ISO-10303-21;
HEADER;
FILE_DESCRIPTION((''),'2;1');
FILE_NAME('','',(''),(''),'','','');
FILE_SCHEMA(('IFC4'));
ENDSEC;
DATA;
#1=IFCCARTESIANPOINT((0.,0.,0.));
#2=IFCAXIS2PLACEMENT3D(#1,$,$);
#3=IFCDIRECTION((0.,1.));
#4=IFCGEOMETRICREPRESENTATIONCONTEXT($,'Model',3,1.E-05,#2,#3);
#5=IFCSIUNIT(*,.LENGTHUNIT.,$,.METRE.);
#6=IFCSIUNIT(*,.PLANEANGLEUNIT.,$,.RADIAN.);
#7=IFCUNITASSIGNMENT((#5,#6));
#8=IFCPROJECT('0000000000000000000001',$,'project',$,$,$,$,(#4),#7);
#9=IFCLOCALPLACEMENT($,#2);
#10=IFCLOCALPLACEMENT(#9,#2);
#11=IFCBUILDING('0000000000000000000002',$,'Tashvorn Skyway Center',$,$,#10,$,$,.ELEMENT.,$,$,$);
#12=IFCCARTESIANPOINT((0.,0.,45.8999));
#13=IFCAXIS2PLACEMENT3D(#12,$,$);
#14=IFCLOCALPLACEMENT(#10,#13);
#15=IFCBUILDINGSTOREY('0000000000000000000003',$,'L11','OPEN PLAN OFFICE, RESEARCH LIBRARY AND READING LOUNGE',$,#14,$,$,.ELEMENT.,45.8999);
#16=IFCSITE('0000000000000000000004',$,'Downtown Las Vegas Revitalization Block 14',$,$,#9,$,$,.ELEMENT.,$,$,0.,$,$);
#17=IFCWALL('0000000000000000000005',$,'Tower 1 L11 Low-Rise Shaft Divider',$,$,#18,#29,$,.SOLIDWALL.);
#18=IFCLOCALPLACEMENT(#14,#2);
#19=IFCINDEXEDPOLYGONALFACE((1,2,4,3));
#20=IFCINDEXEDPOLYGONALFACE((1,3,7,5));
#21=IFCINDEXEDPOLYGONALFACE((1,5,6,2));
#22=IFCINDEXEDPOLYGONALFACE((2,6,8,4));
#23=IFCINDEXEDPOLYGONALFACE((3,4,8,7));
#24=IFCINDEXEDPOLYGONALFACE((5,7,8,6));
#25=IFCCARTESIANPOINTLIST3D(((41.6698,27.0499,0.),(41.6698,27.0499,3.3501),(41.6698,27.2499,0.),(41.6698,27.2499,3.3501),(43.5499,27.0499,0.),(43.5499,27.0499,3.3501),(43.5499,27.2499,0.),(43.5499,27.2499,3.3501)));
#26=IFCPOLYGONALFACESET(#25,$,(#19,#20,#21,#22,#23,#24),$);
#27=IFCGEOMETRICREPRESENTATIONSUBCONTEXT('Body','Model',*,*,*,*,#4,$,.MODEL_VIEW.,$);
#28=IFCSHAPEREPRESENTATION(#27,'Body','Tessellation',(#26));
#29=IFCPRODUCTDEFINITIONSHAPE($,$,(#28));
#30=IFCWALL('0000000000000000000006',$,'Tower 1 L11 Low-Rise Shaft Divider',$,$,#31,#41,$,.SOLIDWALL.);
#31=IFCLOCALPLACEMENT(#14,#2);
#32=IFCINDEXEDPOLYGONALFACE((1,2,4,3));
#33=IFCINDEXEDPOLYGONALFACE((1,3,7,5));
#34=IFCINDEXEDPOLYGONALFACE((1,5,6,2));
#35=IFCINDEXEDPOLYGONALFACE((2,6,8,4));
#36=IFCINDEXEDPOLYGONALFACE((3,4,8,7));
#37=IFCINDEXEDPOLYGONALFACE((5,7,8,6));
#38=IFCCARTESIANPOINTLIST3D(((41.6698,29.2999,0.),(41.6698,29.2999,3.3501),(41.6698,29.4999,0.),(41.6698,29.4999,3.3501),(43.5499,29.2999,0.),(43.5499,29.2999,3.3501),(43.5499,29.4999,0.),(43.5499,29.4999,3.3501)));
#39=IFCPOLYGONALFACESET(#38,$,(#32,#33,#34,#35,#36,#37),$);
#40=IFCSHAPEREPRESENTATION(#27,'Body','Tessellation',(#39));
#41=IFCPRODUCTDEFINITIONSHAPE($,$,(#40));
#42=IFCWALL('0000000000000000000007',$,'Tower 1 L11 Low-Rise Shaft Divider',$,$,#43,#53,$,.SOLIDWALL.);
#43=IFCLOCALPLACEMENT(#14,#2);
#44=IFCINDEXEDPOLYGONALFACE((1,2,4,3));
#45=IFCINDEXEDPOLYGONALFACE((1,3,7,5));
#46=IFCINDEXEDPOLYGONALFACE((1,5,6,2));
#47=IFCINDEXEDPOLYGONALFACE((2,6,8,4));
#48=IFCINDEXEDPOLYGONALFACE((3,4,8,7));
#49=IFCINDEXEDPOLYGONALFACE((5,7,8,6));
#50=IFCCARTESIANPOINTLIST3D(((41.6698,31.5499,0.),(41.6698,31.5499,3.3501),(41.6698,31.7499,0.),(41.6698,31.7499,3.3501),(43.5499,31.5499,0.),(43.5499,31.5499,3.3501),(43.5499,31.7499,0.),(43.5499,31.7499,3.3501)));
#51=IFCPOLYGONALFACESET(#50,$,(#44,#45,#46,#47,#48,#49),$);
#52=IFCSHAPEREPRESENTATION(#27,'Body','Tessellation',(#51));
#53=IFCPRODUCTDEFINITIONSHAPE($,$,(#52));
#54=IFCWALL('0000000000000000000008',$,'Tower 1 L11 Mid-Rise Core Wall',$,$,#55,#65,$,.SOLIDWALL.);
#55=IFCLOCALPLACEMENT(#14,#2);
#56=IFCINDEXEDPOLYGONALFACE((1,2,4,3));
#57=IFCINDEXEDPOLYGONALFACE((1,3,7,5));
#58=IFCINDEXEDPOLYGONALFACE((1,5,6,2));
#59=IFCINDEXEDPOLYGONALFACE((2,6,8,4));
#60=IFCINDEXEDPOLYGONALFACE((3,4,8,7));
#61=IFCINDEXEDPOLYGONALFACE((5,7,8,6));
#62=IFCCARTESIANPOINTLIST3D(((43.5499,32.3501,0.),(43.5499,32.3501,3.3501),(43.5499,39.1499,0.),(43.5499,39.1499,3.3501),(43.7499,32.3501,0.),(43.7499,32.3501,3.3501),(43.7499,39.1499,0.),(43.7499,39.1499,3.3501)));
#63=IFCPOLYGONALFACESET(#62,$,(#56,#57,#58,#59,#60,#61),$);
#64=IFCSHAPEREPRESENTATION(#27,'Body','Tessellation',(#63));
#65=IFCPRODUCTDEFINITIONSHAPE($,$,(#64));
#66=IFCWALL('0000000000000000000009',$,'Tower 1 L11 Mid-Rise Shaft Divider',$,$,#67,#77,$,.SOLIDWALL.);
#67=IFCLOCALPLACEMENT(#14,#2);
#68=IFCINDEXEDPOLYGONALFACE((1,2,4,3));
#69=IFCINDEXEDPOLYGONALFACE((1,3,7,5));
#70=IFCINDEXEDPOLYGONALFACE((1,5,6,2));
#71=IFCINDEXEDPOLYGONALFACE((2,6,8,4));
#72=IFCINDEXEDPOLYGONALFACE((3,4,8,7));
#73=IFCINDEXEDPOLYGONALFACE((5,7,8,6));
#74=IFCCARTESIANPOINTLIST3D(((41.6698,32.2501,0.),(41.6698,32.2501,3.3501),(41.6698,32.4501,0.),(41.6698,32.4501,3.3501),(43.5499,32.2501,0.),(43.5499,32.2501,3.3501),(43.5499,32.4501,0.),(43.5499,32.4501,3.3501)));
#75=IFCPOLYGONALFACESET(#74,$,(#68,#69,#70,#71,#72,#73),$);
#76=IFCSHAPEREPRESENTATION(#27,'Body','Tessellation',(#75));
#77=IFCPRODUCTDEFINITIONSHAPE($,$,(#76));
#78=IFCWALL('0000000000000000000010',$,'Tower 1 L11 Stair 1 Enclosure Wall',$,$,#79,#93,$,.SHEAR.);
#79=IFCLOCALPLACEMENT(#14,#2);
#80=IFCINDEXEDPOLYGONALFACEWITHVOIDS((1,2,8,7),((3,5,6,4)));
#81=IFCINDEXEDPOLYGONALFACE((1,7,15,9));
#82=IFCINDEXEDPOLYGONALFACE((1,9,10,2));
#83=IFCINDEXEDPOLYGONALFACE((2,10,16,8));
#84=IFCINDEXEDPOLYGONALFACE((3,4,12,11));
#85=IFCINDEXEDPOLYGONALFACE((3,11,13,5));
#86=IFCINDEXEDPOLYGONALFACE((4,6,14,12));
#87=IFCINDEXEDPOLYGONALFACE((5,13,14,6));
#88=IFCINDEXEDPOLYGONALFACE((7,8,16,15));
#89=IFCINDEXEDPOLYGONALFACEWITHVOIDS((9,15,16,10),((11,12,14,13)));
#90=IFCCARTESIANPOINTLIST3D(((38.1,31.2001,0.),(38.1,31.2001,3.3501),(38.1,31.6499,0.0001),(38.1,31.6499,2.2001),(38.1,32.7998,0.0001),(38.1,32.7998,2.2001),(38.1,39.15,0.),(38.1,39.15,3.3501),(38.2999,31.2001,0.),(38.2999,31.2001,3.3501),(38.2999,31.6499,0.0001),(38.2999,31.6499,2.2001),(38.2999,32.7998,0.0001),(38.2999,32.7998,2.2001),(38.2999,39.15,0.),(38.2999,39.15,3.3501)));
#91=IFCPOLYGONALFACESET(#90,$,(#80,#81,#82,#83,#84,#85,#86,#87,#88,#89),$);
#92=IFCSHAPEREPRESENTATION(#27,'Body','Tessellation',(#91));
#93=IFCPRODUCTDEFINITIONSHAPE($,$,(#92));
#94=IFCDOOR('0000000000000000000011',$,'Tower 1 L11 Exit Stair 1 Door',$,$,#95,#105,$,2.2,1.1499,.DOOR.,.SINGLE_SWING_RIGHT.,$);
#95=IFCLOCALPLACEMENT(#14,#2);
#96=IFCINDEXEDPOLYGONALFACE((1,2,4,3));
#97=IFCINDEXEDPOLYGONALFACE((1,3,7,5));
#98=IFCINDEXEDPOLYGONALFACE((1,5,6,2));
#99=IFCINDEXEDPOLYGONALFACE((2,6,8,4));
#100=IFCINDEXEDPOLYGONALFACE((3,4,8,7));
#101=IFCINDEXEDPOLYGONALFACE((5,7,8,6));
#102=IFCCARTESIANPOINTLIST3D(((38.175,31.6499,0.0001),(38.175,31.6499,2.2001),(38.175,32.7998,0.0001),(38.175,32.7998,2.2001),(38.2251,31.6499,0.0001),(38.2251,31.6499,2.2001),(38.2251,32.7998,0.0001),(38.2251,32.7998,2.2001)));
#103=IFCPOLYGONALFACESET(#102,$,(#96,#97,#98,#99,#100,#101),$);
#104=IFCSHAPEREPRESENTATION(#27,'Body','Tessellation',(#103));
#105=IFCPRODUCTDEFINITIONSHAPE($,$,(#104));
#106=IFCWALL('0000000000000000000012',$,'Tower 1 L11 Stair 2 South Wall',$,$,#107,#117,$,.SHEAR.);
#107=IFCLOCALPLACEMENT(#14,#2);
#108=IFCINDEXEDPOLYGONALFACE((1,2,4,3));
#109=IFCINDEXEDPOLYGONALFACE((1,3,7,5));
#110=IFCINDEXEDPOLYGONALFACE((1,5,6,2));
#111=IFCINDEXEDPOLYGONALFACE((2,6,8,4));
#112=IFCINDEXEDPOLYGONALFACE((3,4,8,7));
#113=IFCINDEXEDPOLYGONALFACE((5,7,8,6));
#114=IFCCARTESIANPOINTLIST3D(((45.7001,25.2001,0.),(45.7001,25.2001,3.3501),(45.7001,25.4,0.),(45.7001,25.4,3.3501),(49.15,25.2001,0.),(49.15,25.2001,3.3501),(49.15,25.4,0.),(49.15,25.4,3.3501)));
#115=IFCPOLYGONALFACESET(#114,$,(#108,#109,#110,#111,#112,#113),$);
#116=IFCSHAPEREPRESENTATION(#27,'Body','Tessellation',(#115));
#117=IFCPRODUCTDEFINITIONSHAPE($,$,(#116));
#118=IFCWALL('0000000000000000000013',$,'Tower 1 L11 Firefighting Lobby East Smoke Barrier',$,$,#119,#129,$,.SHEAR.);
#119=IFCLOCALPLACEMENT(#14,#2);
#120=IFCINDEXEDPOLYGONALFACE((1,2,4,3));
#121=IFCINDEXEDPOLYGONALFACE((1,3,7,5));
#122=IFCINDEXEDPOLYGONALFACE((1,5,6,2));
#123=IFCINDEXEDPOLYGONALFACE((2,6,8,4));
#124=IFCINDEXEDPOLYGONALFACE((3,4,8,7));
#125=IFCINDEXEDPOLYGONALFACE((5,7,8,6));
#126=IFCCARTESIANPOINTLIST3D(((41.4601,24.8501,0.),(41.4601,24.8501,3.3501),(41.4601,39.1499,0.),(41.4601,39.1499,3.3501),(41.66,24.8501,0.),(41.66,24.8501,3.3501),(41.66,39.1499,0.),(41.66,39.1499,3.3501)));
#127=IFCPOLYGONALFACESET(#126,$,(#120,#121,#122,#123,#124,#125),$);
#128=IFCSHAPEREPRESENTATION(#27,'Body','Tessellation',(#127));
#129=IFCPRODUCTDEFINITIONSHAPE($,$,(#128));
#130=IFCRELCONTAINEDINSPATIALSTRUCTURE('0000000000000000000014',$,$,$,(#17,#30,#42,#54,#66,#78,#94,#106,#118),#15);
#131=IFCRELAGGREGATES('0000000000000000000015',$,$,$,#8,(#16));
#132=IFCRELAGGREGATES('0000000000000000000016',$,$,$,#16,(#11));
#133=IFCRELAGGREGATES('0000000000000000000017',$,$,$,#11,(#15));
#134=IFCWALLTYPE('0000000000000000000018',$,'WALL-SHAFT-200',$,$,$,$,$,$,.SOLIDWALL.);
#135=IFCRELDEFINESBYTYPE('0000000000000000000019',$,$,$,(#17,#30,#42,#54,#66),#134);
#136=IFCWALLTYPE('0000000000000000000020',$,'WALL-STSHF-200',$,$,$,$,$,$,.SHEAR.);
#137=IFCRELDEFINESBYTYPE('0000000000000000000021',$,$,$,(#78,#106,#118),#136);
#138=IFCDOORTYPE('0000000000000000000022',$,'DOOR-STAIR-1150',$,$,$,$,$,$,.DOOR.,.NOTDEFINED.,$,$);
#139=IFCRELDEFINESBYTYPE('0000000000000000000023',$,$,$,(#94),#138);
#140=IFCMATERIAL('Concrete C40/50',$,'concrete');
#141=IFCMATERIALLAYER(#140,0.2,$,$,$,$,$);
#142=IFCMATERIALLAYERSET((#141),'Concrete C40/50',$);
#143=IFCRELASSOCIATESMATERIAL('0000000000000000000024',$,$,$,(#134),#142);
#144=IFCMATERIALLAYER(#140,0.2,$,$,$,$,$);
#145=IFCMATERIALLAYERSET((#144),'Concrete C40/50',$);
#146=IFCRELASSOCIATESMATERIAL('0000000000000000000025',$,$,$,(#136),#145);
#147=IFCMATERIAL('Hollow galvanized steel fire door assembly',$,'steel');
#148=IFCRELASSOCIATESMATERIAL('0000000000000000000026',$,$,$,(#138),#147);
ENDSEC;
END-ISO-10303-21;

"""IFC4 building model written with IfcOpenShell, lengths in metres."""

from ifc_helpers import new_model, si_unit, direction, frame, frame_2d, origin, place, context, subcontext, project, spatial, rectangle, extrude, material, layer, layer_set, type_object, element, fill, save


model = new_model("IFC4")

# Units and contexts
model_context = context("Model", 3, precision=1e-05, world=origin(), true_north=direction((0.0, 1.0)))
body_context = subcontext(model_context, "Body", "Model", "MODEL_VIEW")
ifc_project = project(units=[si_unit("LENGTHUNIT", "METRE"), si_unit("PLANEANGLEUNIT", "RADIAN")], contexts=[model_context])

# Site, building, storey
site_placement = place(None, origin())
site = spatial("IfcSite", under=ifc_project, at=site_placement, Name="Downtown Las Vegas Revitalization Block 14", CompositionType="ELEMENT", RefElevation=0.0)
building_placement = place(site_placement, origin())
building = spatial("IfcBuilding", under=site, at=building_placement, Name="Tashvorn Skyway Center", CompositionType="ELEMENT")
storey_placement = place(building_placement, frame((0.0, 0.0, 45.8999)))
storey = spatial("IfcBuildingStorey", under=building, at=storey_placement, Name="L11", Description="OPEN PLAN OFFICE, RESEARCH LIBRARY AND READING LOUNGE", CompositionType="ELEMENT", Elevation=45.8999)

# Shared definitions
ifc_material_1 = material(Name="Concrete C40/50", Category="concrete")
ifc_material_2 = material(Name="Hollow galvanized steel fire door assembly", Category="steel")

# Shared definitions
ifc_layer_1 = layer(ifc_material_1, 0.2)
ifc_layer_set_1 = layer_set([ifc_layer_1], Name="Concrete C40/50")
wall_type_1 = type_object("IfcWallType", Name="WALL-SHAFT-200", PredefinedType="SOLIDWALL", material=ifc_layer_set_1)

# Walls
for number, where, z_axis, x_axis, name in (
    (1, (41.6699, 27.1499, 0.0), (0.0, 0.0, 1.0), (1.0, 0.0, 0.0), "Tower 1 L11 Low-Rise Shaft Divider"),
    (2, (41.6699, 29.3999, 0.0), (0.0, 0.0, 1.0), (1.0, 0.0, 0.0), "Tower 1 L11 Low-Rise Shaft Divider"),
    (3, (41.6699, 31.6499, 0.0), (0.0, 0.0, 1.0), (1.0, 0.0, 0.0), "Tower 1 L11 Low-Rise Shaft Divider"),
):
    element("IfcWall", number, at=place(storey_placement, frame(where, z_axis=z_axis, x_axis=x_axis)), inside=storey, type_object=wall_type_1, Name=name, PredefinedType="SOLIDWALL", context=body_context, shape_type="SweptSolid", body=[
        extrude(rectangle(XDim=1.8801, YDim=0.2, at=frame_2d((0.9399, 0.0))), origin(), (0.0, 0.0, 1.0), 3.3501),
    ])
wall_1_placement = place(storey_placement, frame((43.6499, 32.3501, 0.0), z_axis=(0.0, 0.0, 1.0), x_axis=(0.0, 1.0, 0.0)))
element("IfcWall", 4, at=wall_1_placement, inside=storey, type_object=wall_type_1, Name="Tower 1 L11 Mid-Rise Core Wall", PredefinedType="SOLIDWALL", context=body_context, shape_type="SweptSolid", body=[
    extrude(rectangle(XDim=6.7998, YDim=0.2, at=frame_2d((3.3999, 0.0))), origin(), (0.0, 0.0, 1.0), 3.3501),
])
wall_2_placement = place(storey_placement, frame((41.6699, 32.3501, 0.0), z_axis=(0.0, 0.0, 1.0), x_axis=(1.0, 0.0, 0.0)))
element("IfcWall", 5, at=wall_2_placement, inside=storey, type_object=wall_type_1, Name="Tower 1 L11 Mid-Rise Shaft Divider", PredefinedType="SOLIDWALL", context=body_context, shape_type="SweptSolid", body=[
    extrude(rectangle(XDim=1.8801, YDim=0.2, at=frame_2d((0.9399, 0.0))), origin(), (0.0, 0.0, 1.0), 3.3501),
])

# Wall, opening, door
ifc_layer_2 = layer(ifc_material_1, 0.2)
ifc_layer_set_2 = layer_set([ifc_layer_2], Name="Concrete C40/50")
wall_type_2 = type_object("IfcWallType", Name="WALL-STSHF-200", PredefinedType="SHEAR", material=ifc_layer_set_2)
wall_3_placement = place(storey_placement, frame((38.2, 31.2, 0.0), z_axis=(0.0, 0.0, 1.0), x_axis=(0.0, 1.0, 0.0)))
wall_3 = element("IfcWall", 6, at=wall_3_placement, inside=storey, type_object=wall_type_2, Name="Tower 1 L11 Stair 1 Enclosure Wall", PredefinedType="SHEAR", context=body_context, shape_type="SweptSolid", body=[
    extrude(rectangle(XDim=7.95, YDim=0.2, at=frame_2d((3.9751, 0.0))), origin(), (0.0, 0.0, 1.0), 3.3501),
])
opening_1_placement = place(wall_3_placement, frame((0.45, 0.0, 0.0)))
opening_1 = element("IfcOpeningElement", 7, at=opening_1_placement, cuts=wall_3, PredefinedType="OPENING", context=body_context, shape_type="SweptSolid", body=[
    extrude(rectangle(XDim=1.1499, YDim=2.2, at=frame_2d((0.575, 1.1001))), frame((0.0, 0.1099, 0.0), z_axis=(0.0, -1.0, 0.0), x_axis=(1.0, 0.0, 0.0)), (0.0, 0.0, 1.0), 0.22),
])
door_type_1 = type_object("IfcDoorType", Name="DOOR-STAIR-1150", OperationType="NOTDEFINED", PredefinedType="DOOR", material=ifc_material_2)
door_1_placement = place(opening_1_placement, origin())
door_1 = element("IfcDoor", 8, at=door_1_placement, inside=storey, type_object=door_type_1, Name="Tower 1 L11 Exit Stair 1 Door", OperationType="SINGLE_SWING_RIGHT", OverallHeight=2.2, OverallWidth=1.1499, PredefinedType="DOOR", context=body_context, shape_type="SweptSolid", body=[
    extrude(rectangle(XDim=1.1499, YDim=2.2, at=frame_2d((0.575, 1.1001))), frame((0.0, 0.0249, 0.0), z_axis=(0.0, -1.0, 0.0), x_axis=(1.0, 0.0, 0.0)), (0.0, 0.0, 1.0), 0.05),
])
fill(opening_1, door_1)

# Walls
wall_4_placement = place(storey_placement, frame((45.7, 25.3, 0.0), z_axis=(0.0, 0.0, 1.0), x_axis=(1.0, 0.0, 0.0)))
element("IfcWall", 9, at=wall_4_placement, inside=storey, type_object=wall_type_2, Name="Tower 1 L11 Stair 2 South Wall", PredefinedType="SHEAR", context=body_context, shape_type="SweptSolid", body=[
    extrude(rectangle(XDim=3.45, YDim=0.2, at=frame_2d((1.7251, 0.0))), origin(), (0.0, 0.0, 1.0), 3.3501),
])
wall_5_placement = place(storey_placement, frame((41.5601, 24.8501, 0.0), z_axis=(0.0, 0.0, 1.0), x_axis=(0.0, 1.0, 0.0)))
element("IfcWall", 10, at=wall_5_placement, inside=storey, type_object=wall_type_2, Name="Tower 1 L11 Firefighting Lobby East Smoke Barrier", PredefinedType="SHEAR", context=body_context, shape_type="SweptSolid", body=[
    extrude(rectangle(XDim=14.2998, YDim=0.2, at=frame_2d((7.1499, 0.0))), origin(), (0.0, 0.0, 1.0), 3.3501),
])

save(model, "model.ifc")
